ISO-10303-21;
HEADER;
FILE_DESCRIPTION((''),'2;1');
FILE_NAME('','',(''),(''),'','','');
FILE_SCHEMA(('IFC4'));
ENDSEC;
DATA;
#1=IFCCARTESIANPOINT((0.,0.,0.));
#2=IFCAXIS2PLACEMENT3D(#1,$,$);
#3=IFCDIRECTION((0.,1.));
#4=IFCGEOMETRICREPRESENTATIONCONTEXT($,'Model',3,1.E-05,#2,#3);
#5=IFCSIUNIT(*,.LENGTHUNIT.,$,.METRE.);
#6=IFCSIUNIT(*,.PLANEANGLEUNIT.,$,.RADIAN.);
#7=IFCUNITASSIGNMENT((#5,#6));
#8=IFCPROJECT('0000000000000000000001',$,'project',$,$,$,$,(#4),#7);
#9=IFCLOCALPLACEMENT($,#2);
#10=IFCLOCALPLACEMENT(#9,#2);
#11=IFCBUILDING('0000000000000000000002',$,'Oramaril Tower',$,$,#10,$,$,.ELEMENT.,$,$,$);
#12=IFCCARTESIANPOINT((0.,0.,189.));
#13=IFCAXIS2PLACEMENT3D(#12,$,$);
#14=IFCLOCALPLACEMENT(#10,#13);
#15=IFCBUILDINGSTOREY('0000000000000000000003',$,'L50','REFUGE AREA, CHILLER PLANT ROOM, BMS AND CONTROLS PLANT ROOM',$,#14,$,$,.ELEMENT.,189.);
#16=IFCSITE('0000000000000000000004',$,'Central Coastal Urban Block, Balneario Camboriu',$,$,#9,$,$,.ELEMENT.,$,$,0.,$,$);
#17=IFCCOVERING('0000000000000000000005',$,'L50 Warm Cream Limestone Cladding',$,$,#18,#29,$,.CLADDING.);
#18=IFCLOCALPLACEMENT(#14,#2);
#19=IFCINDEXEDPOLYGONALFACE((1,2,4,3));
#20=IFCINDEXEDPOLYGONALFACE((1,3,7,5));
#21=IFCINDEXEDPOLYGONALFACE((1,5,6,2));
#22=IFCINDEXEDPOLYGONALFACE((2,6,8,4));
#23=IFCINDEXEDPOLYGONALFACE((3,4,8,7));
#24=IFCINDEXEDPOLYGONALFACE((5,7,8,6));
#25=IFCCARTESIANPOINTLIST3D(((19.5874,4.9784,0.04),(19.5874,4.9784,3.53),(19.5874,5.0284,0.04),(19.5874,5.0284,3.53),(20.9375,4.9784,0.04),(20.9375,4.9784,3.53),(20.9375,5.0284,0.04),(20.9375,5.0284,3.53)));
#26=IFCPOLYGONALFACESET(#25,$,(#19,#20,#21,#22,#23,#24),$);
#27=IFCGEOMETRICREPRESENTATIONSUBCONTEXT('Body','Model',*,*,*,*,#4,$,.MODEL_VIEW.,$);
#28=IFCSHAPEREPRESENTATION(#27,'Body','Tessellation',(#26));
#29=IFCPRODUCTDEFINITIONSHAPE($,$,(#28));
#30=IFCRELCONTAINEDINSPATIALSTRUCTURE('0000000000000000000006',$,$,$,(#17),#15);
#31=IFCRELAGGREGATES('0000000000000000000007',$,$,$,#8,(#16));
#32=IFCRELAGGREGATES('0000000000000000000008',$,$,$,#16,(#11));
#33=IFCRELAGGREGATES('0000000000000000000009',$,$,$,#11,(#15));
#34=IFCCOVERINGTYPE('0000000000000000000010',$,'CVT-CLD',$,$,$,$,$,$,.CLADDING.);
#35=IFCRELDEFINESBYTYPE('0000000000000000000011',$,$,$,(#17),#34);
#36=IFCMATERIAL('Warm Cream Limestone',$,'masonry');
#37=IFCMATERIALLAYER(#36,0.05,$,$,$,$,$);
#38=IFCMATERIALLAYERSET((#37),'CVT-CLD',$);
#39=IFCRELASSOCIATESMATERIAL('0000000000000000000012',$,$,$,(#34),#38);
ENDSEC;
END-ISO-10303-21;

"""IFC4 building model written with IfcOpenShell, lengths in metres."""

from ifc_helpers import new_model, si_unit, direction, frame, origin, origin_2d, place, context, subcontext, project, spatial, rectangle, extrude, material, layer, layer_set, type_object, element, save


model = new_model("IFC4")

# Units and contexts
model_context = context("Model", 3, precision=1e-05, world=origin(), true_north=direction((0.0, 1.0)))
body_context = subcontext(model_context, "Body", "Model", "MODEL_VIEW")
ifc_project = project(units=[si_unit("LENGTHUNIT", "METRE"), si_unit("PLANEANGLEUNIT", "RADIAN")], contexts=[model_context])

# Site, building, storey
site_placement = place(None, origin())
site = spatial("IfcSite", under=ifc_project, at=site_placement, Name="Central Coastal Urban Block, Balneario Camboriu", CompositionType="ELEMENT", RefElevation=0.0)
building_placement = place(site_placement, origin())
building = spatial("IfcBuilding", under=site, at=building_placement, Name="Oramaril Tower", CompositionType="ELEMENT")
storey_placement = place(building_placement, frame((0.0, 0.0, 189.0)))
storey = spatial("IfcBuildingStorey", under=building, at=storey_placement, Name="L50", Description="REFUGE AREA, CHILLER PLANT ROOM, BMS AND CONTROLS PLANT ROOM", CompositionType="ELEMENT", Elevation=189.0)

# Covering
ifc_material_1 = material(Name="Warm Cream Limestone", Category="masonry")
ifc_layer_1 = layer(ifc_material_1, 0.05)
ifc_layer_set_1 = layer_set([ifc_layer_1], Name="CVT-CLD")
covering_type = type_object("IfcCoveringType", Name="CVT-CLD", PredefinedType="CLADDING", material=ifc_layer_set_1)
covering_placement = place(storey_placement, frame((20.2625, 5.0034, 0.04), z_axis=(0.0, 0.0, 1.0), x_axis=(1.0, 0.0, 0.0)))
element("IfcCovering", 1, at=covering_placement, inside=storey, type_object=covering_type, Name="L50 Warm Cream Limestone Cladding", PredefinedType="CLADDING", context=body_context, shape_type="SweptSolid", body=[
    extrude(rectangle(XDim=1.3501, YDim=0.05, at=origin_2d()), origin(), (0.0, 0.0, 1.0), 3.49),
])

save(model, "model.ifc")
